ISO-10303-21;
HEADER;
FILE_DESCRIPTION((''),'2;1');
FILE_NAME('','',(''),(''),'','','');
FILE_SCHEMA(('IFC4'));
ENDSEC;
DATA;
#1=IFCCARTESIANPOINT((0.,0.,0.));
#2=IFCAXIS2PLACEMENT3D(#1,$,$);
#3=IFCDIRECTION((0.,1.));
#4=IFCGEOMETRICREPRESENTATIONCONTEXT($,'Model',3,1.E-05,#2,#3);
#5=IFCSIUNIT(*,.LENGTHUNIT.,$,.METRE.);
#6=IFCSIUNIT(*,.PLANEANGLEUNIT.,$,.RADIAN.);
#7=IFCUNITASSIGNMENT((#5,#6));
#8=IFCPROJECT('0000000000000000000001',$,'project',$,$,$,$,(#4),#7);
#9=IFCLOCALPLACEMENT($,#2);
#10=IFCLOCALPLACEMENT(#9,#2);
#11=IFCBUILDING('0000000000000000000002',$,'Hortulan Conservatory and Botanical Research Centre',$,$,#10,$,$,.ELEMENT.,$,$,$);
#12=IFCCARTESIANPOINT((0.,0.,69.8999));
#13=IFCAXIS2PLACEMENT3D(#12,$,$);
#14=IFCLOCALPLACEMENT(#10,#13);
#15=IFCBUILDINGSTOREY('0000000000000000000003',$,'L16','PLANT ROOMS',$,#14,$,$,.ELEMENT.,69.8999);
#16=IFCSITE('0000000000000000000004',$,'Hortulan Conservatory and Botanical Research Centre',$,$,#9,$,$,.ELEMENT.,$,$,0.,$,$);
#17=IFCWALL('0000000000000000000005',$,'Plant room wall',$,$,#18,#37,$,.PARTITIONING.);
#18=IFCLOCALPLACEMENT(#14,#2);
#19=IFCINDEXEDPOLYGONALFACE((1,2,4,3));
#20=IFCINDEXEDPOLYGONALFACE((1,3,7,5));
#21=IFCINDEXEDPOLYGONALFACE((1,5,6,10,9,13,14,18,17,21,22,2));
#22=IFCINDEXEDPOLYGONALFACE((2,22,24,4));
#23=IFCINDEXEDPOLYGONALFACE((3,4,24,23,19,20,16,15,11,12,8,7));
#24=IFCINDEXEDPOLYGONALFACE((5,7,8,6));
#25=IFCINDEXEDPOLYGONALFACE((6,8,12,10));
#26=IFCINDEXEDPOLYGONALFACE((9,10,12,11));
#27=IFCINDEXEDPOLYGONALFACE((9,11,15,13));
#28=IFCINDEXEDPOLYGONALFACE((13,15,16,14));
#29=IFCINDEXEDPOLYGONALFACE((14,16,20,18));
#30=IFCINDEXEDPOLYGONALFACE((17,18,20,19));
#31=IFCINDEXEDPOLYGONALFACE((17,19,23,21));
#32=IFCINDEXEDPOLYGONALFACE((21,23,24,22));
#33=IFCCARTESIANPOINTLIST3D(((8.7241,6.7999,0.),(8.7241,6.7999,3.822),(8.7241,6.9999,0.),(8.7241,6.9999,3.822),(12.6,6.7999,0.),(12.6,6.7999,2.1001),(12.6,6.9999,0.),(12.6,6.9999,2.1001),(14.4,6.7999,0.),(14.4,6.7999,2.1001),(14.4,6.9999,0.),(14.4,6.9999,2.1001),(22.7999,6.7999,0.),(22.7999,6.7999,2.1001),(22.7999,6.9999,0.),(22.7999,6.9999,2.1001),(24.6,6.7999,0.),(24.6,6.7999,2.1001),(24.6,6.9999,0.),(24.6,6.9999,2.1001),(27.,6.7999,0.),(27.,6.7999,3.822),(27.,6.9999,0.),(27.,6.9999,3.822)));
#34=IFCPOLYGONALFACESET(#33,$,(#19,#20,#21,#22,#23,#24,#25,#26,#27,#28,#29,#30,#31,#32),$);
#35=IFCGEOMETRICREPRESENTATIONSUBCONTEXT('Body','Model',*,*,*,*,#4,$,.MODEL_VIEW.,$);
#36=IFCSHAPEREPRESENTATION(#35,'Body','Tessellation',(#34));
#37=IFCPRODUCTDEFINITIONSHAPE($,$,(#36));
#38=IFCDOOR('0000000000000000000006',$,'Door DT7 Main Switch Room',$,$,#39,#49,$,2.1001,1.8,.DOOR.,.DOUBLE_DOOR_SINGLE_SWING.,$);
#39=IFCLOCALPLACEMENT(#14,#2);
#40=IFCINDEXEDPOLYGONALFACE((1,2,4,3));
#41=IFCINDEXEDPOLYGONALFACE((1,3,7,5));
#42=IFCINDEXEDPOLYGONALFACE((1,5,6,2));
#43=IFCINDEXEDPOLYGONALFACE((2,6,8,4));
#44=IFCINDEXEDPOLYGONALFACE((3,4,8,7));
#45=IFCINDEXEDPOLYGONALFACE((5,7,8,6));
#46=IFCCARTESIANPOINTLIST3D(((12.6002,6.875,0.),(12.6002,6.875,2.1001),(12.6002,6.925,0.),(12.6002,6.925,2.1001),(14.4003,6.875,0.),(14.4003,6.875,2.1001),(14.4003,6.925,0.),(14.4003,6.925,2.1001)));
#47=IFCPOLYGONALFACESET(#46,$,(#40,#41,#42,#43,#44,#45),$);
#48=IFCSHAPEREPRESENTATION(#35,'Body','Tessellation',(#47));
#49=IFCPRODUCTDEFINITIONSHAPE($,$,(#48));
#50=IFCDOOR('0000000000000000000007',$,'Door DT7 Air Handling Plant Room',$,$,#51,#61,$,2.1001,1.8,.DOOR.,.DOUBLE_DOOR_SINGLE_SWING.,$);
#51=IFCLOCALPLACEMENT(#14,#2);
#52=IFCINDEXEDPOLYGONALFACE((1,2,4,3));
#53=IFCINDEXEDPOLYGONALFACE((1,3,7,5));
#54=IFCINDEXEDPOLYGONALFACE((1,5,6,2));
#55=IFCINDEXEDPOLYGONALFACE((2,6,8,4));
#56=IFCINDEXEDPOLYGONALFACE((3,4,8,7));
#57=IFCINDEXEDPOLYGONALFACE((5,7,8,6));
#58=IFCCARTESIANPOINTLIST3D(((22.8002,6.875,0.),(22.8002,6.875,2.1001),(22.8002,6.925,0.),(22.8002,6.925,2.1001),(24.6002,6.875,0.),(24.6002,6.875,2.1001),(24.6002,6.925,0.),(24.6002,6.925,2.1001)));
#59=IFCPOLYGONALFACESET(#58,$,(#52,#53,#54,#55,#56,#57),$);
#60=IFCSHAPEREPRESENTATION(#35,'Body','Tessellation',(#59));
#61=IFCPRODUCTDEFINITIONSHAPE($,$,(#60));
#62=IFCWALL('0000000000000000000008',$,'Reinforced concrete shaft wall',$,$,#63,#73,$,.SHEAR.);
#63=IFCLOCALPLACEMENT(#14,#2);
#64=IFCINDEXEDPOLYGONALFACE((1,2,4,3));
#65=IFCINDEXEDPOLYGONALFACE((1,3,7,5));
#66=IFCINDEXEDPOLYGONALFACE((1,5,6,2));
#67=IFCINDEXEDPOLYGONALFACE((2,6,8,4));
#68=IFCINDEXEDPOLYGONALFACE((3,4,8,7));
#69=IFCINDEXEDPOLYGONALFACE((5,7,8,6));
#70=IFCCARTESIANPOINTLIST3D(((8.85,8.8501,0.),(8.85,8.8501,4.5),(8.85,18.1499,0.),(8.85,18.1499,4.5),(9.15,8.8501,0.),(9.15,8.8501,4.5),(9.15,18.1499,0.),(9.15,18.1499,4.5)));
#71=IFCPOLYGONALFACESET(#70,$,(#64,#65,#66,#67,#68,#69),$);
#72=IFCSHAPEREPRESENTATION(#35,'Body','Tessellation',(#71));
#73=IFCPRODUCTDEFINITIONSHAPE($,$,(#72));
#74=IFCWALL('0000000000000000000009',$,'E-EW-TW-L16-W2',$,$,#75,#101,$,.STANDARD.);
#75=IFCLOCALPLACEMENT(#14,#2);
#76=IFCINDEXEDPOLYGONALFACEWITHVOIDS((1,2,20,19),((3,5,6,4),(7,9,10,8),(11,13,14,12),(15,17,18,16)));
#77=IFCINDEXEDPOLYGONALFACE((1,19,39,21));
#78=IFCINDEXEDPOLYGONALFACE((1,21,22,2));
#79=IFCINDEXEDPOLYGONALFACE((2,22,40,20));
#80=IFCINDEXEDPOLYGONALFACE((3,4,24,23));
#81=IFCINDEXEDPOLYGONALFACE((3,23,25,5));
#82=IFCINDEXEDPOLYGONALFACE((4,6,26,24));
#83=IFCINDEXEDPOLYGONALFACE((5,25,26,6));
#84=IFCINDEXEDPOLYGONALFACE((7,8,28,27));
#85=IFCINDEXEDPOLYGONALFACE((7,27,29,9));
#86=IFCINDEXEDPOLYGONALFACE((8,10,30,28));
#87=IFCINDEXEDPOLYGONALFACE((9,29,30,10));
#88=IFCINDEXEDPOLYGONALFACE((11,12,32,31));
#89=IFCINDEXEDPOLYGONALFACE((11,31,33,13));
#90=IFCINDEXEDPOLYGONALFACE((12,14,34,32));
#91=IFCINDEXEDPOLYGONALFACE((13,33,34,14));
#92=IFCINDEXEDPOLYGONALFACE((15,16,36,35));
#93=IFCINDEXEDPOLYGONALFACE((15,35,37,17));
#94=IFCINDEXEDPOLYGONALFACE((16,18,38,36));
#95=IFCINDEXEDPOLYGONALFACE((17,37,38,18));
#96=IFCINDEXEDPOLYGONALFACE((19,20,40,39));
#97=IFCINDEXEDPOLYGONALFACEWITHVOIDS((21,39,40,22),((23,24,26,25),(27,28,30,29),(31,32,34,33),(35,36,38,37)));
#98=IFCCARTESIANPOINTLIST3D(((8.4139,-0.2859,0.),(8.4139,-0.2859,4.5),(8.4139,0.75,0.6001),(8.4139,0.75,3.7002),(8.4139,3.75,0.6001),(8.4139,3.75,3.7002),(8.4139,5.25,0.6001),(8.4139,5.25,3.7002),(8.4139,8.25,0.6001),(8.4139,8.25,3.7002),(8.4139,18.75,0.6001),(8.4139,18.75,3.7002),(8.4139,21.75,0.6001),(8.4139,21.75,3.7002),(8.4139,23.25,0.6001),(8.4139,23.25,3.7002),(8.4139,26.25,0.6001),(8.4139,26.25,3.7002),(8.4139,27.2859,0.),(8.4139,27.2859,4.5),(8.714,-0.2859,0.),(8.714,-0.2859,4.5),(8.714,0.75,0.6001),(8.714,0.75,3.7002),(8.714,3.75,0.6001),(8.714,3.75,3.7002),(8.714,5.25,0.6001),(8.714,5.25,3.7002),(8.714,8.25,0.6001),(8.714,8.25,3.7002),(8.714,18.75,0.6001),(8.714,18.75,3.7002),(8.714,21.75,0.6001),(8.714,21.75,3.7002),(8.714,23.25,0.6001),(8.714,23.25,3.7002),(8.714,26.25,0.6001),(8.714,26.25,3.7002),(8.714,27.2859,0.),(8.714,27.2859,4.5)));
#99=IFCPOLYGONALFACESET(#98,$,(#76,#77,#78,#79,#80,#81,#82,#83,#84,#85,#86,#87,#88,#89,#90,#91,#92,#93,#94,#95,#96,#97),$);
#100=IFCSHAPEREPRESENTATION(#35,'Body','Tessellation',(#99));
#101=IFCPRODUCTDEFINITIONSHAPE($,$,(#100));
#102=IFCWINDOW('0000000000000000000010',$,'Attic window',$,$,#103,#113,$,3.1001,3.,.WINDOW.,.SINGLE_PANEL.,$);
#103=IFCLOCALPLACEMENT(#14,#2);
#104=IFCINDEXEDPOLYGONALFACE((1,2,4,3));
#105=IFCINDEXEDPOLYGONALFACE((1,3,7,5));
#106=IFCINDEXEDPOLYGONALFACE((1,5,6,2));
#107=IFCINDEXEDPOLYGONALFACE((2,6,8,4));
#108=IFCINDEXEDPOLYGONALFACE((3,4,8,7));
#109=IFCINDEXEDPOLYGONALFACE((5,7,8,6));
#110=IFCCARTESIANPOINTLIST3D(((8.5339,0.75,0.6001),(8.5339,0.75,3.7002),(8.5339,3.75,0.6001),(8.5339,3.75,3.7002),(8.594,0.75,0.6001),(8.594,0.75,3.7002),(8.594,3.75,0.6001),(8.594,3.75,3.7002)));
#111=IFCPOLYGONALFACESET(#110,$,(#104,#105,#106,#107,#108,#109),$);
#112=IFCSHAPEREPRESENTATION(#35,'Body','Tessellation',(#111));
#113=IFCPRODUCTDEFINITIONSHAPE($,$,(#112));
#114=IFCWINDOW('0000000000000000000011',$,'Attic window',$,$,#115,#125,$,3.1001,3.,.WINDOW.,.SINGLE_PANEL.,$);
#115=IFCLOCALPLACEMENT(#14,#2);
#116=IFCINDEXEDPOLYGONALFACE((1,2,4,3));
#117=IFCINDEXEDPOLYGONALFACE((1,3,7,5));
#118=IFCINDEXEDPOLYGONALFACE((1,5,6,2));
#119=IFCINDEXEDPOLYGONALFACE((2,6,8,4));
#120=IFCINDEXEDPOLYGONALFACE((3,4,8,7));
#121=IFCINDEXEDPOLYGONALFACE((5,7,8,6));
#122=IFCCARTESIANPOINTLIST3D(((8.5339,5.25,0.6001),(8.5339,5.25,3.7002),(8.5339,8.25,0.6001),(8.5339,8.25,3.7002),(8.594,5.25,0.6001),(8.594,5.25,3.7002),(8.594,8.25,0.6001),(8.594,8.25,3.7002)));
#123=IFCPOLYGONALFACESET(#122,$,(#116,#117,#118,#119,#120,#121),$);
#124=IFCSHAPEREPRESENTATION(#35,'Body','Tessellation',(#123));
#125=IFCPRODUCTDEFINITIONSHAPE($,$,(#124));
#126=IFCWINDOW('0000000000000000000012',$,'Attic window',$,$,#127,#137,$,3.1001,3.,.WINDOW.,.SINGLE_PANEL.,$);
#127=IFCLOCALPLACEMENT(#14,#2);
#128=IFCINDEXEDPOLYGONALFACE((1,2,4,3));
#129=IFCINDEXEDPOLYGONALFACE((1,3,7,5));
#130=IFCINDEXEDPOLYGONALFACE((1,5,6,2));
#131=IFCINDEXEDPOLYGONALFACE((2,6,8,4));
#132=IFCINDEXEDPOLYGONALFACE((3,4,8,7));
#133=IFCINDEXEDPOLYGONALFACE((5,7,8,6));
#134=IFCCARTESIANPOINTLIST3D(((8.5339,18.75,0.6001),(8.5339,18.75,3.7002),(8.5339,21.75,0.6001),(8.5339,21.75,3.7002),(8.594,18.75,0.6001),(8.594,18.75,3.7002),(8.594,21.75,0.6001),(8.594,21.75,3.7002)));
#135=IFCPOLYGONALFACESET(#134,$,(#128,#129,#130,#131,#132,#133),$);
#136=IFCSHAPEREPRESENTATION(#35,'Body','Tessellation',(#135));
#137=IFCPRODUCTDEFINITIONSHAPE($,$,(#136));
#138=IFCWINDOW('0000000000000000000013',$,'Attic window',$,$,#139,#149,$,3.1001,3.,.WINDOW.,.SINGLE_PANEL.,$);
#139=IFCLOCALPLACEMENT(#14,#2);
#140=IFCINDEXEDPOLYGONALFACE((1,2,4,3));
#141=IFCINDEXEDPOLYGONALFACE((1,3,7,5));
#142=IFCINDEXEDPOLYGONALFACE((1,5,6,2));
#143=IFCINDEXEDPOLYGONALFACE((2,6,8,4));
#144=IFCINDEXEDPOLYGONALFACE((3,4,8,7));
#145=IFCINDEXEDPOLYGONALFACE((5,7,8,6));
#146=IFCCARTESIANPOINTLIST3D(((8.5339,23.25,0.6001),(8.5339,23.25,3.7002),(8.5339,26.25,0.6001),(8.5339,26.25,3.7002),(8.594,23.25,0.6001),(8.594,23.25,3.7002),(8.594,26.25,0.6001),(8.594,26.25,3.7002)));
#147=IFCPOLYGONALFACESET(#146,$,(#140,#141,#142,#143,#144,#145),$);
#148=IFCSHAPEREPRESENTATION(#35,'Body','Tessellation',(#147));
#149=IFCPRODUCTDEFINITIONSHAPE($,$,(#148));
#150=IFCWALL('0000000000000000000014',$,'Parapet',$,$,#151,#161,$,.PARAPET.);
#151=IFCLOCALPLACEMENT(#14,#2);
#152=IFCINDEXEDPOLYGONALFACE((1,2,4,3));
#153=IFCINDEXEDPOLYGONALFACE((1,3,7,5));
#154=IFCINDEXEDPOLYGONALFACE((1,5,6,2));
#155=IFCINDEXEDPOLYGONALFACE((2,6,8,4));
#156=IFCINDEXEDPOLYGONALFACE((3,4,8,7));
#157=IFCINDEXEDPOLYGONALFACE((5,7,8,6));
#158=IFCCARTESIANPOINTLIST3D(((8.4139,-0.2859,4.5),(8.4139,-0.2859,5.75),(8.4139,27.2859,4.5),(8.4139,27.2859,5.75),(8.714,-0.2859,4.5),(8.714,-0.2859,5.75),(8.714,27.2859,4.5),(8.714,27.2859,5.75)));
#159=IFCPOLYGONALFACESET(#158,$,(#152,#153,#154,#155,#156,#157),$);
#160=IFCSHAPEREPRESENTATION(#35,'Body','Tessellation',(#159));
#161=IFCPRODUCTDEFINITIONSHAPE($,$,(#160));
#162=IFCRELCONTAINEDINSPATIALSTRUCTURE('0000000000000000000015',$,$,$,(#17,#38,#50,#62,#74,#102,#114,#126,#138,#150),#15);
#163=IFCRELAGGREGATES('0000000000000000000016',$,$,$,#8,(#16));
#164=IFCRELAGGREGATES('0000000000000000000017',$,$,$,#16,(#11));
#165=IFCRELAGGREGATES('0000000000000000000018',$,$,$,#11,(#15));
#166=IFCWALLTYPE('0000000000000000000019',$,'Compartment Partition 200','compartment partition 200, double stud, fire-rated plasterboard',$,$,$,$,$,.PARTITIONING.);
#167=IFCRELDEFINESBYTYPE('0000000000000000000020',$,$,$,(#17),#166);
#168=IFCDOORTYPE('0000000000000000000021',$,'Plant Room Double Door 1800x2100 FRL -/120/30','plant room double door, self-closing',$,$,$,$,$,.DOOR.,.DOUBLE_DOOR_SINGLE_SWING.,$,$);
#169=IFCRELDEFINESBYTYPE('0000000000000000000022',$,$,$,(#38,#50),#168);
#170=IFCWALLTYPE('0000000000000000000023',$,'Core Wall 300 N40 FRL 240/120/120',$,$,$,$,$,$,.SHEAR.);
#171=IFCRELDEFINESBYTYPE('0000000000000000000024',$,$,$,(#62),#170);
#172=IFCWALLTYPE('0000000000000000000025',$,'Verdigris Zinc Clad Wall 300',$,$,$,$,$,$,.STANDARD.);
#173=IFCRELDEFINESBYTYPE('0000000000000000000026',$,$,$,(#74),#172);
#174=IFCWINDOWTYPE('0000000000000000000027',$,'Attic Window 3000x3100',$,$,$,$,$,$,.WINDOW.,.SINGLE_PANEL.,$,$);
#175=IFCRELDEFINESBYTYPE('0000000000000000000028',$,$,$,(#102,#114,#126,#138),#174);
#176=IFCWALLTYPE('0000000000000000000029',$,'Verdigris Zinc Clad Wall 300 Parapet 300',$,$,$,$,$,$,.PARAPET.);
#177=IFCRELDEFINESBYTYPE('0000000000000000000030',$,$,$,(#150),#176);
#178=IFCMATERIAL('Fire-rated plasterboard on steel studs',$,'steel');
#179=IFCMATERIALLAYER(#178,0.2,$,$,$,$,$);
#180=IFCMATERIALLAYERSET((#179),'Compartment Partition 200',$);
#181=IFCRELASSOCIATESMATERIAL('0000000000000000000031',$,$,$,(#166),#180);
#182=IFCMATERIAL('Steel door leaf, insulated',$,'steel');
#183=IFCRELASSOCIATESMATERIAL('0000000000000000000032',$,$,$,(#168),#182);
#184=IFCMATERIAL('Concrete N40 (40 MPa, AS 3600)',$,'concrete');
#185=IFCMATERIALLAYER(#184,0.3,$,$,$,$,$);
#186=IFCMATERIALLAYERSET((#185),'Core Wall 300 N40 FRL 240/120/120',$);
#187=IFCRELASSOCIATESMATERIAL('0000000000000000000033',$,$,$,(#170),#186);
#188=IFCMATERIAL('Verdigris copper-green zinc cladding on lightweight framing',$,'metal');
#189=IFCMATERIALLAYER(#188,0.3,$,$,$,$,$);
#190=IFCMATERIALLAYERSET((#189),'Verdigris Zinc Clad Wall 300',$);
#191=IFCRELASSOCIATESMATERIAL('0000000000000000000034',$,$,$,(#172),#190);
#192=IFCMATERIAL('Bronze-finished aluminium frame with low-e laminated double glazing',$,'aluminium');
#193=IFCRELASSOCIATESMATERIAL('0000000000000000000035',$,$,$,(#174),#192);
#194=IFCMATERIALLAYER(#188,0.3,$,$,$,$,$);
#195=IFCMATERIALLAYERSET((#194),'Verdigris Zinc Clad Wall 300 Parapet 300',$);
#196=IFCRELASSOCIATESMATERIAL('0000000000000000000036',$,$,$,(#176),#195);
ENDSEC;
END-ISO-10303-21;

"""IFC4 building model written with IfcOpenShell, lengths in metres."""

from ifc_helpers import new_model, si_unit, direction, frame, frame_2d, origin, place, context, subcontext, project, spatial, rectangle, extrude, material, layer, layer_set, type_object, element, fill, save


model = new_model("IFC4")

# Units and contexts
model_context = context("Model", 3, precision=1e-05, world=origin(), true_north=direction((0.0, 1.0)))
body_context = subcontext(model_context, "Body", "Model", "MODEL_VIEW")
ifc_project = project(units=[si_unit("LENGTHUNIT", "METRE"), si_unit("PLANEANGLEUNIT", "RADIAN")], contexts=[model_context])

# Site, building, storey
site_placement = place(None, origin())
site = spatial("IfcSite", under=ifc_project, at=site_placement, Name="Hortulan Conservatory and Botanical Research Centre", CompositionType="ELEMENT", RefElevation=0.0)
building_placement = place(site_placement, origin())
building = spatial("IfcBuilding", under=site, at=building_placement, Name="Hortulan Conservatory and Botanical Research Centre", CompositionType="ELEMENT")
storey_placement = place(building_placement, frame((0.0, 0.0, 69.8999)))
storey = spatial("IfcBuildingStorey", under=building, at=storey_placement, Name="L16", Description="PLANT ROOMS", CompositionType="ELEMENT", Elevation=69.8999)

# Shared definitions
ifc_material_1 = material(Name="Concrete N40 (40 MPa, AS 3600)", Category="concrete")

# Wall, openings, doors
ifc_material_2 = material(Name="Fire-rated plasterboard on steel studs", Category="steel")
ifc_layer_1 = layer(ifc_material_2, 0.2)
ifc_layer_set_1 = layer_set([ifc_layer_1], Name="Compartment Partition 200")
wall_type_1 = type_object("IfcWallType", Name="Compartment Partition 200", Description="compartment partition 200, double stud, fire-rated plasterboard", PredefinedType="PARTITIONING", material=ifc_layer_set_1)
wall_1_placement = place(storey_placement, frame((8.7241, 6.8999, 0.0), z_axis=(0.0, 0.0, 1.0), x_axis=(1.0, 0.0, 0.0)))
wall_1 = element("IfcWall", 1, at=wall_1_placement, inside=storey, type_object=wall_type_1, Name="Plant room wall", PredefinedType="PARTITIONING", context=body_context, shape_type="SweptSolid", body=[
    extrude(rectangle(XDim=18.2759, YDim=0.2, at=frame_2d((9.1379, 0.0))), origin(), (0.0, 0.0, 1.0), 3.822),
])
opening_1_placement = place(wall_1_placement, frame((3.876, 0.0, 0.0)))
opening_1 = element("IfcOpeningElement", 2, at=opening_1_placement, cuts=wall_1, PredefinedType="OPENING", context=body_context, shape_type="SweptSolid", body=[
    extrude(rectangle(XDim=1.8, YDim=2.1001, at=frame_2d((0.8999, 1.05))), frame((0.0, 0.1099, 0.0), z_axis=(0.0, -1.0, 0.0), x_axis=(1.0, 0.0, 0.0)), (0.0, 0.0, 1.0), 0.22),
])
opening_2_placement = place(wall_1_placement, frame((14.0759, 0.0, 0.0)))
opening_2 = element("IfcOpeningElement", 3, at=opening_2_placement, cuts=wall_1, PredefinedType="OPENING", context=body_context, shape_type="SweptSolid", body=[
    extrude(rectangle(XDim=1.8, YDim=2.1001, at=frame_2d((0.8999, 1.05))), frame((0.0, 0.1099, 0.0), z_axis=(0.0, -1.0, 0.0), x_axis=(1.0, 0.0, 0.0)), (0.0, 0.0, 1.0), 0.22),
])
ifc_material_3 = material(Name="Steel door leaf, insulated", Category="steel")
door_type = type_object("IfcDoorType", Name="Plant Room Double Door 1800x2100 FRL -/120/30", Description="plant room double door, self-closing", OperationType="DOUBLE_DOOR_SINGLE_SWING", PredefinedType="DOOR", material=ifc_material_3)
door_1_placement = place(opening_1_placement, frame((1.8, 0.0, 0.0), z_axis=(0.0, 0.0, 1.0), x_axis=(-1.0, 0.0, 0.0)))
door_1 = element("IfcDoor", 4, at=door_1_placement, inside=storey, type_object=door_type, Name="Door DT7 Main Switch Room", OperationType="DOUBLE_DOOR_SINGLE_SWING", OverallHeight=2.1001, OverallWidth=1.8, PredefinedType="DOOR", context=body_context, shape_type="SweptSolid", body=[
    extrude(rectangle(XDim=1.8, YDim=2.1001, at=frame_2d((0.8999, 1.05))), frame((0.0, 0.0249, 0.0), z_axis=(0.0, -1.0, 0.0), x_axis=(1.0, 0.0, 0.0)), (0.0, 0.0, 1.0), 0.05),
])
fill(opening_1, door_1)
door_2_placement = place(opening_2_placement, frame((1.8, 0.0, 0.0), z_axis=(0.0, 0.0, 1.0), x_axis=(-1.0, 0.0, 0.0)))
door_2 = element("IfcDoor", 5, at=door_2_placement, inside=storey, type_object=door_type, Name="Door DT7 Air Handling Plant Room", OperationType="DOUBLE_DOOR_SINGLE_SWING", OverallHeight=2.1001, OverallWidth=1.8, PredefinedType="DOOR", context=body_context, shape_type="SweptSolid", body=[
    extrude(rectangle(XDim=1.8, YDim=2.1001, at=frame_2d((0.8999, 1.05))), frame((0.0, 0.0249, 0.0), z_axis=(0.0, -1.0, 0.0), x_axis=(1.0, 0.0, 0.0)), (0.0, 0.0, 1.0), 0.05),
])
fill(opening_2, door_2)

# Wall
ifc_layer_2 = layer(ifc_material_1, 0.3)
ifc_layer_set_2 = layer_set([ifc_layer_2], Name="Core Wall 300 N40 FRL 240/120/120")
wall_type_2 = type_object("IfcWallType", Name="Core Wall 300 N40 FRL 240/120/120", PredefinedType="SHEAR", material=ifc_layer_set_2)
wall_2_placement = place(storey_placement, frame((9.0, 8.8501, 0.0), z_axis=(0.0, 0.0, 1.0), x_axis=(0.0, 1.0, 0.0)))
element("IfcWall", 6, at=wall_2_placement, inside=storey, type_object=wall_type_2, Name="Reinforced concrete shaft wall", PredefinedType="SHEAR", context=body_context, shape_type="SweptSolid", body=[
    extrude(rectangle(XDim=9.2998, YDim=0.3, at=frame_2d((4.6499, 0.0))), origin(), (0.0, 0.0, 1.0), 4.5),
])

# Wall, openings, windows
ifc_material_4 = material(Name="Verdigris copper-green zinc cladding on lightweight framing", Category="metal")
ifc_layer_3 = layer(ifc_material_4, 0.3)
ifc_layer_set_3 = layer_set([ifc_layer_3], Name="Verdigris Zinc Clad Wall 300")
wall_type_3 = type_object("IfcWallType", Name="Verdigris Zinc Clad Wall 300", PredefinedType="STANDARD", material=ifc_layer_set_3)
wall_3_placement = place(storey_placement, frame((8.564, -0.2859, 0.0), z_axis=(0.0, 0.0, 1.0), x_axis=(0.0, 1.0, 0.0)))
wall_3 = element("IfcWall", 7, at=wall_3_placement, inside=storey, type_object=wall_type_3, Name="E-EW-TW-L16-W2", PredefinedType="STANDARD", context=body_context, shape_type="SweptSolid", body=[
    extrude(rectangle(XDim=27.5718, YDim=0.3, at=frame_2d((13.7859, 0.0))), origin(), (0.0, 0.0, 1.0), 4.5),
])
opening_3_placement = place(wall_3_placement, frame((1.0359, 0.0, 0.6001)))
opening_3 = element("IfcOpeningElement", 8, at=opening_3_placement, cuts=wall_3, PredefinedType="OPENING", context=body_context, shape_type="SweptSolid", body=[
    extrude(rectangle(XDim=3.0, YDim=3.1001, at=frame_2d((1.5, 1.55))), frame((0.0, 0.1599, 0.0), z_axis=(0.0, -1.0, 0.0), x_axis=(1.0, 0.0, 0.0)), (0.0, 0.0, 1.0), 0.3201),
])
opening_4_placement = place(wall_3_placement, frame((5.5359, 0.0, 0.6001)))
opening_4 = element("IfcOpeningElement", 9, at=opening_4_placement, cuts=wall_3, PredefinedType="OPENING", context=body_context, shape_type="SweptSolid", body=[
    extrude(rectangle(XDim=3.0, YDim=3.1001, at=frame_2d((1.5, 1.55))), frame((0.0, 0.1599, 0.0), z_axis=(0.0, -1.0, 0.0), x_axis=(1.0, 0.0, 0.0)), (0.0, 0.0, 1.0), 0.3201),
])
opening_5_placement = place(wall_3_placement, frame((19.0359, 0.0, 0.6001)))
opening_5 = element("IfcOpeningElement", 10, at=opening_5_placement, cuts=wall_3, PredefinedType="OPENING", context=body_context, shape_type="SweptSolid", body=[
    extrude(rectangle(XDim=3.0, YDim=3.1001, at=frame_2d((1.5, 1.55))), frame((0.0, 0.1599, 0.0), z_axis=(0.0, -1.0, 0.0), x_axis=(1.0, 0.0, 0.0)), (0.0, 0.0, 1.0), 0.3201),
])
opening_6_placement = place(wall_3_placement, frame((23.5359, 0.0, 0.6001)))
opening_6 = element("IfcOpeningElement", 11, at=opening_6_placement, cuts=wall_3, PredefinedType="OPENING", context=body_context, shape_type="SweptSolid", body=[
    extrude(rectangle(XDim=3.0, YDim=3.1001, at=frame_2d((1.5, 1.55))), frame((0.0, 0.1599, 0.0), z_axis=(0.0, -1.0, 0.0), x_axis=(1.0, 0.0, 0.0)), (0.0, 0.0, 1.0), 0.3201),
])
ifc_material_5 = material(Name="Bronze-finished aluminium frame with low-e laminated double glazing", Category="aluminium")
window_type = type_object("IfcWindowType", Name="Attic Window 3000x3100", PartitioningType="SINGLE_PANEL", PredefinedType="WINDOW", material=ifc_material_5)
window_1_placement = place(opening_3_placement, origin())
window_1 = element("IfcWindow", 12, at=window_1_placement, inside=storey, type_object=window_type, Name="Attic window", OverallHeight=3.1001, OverallWidth=3.0, PartitioningType="SINGLE_PANEL", PredefinedType="WINDOW", context=body_context, shape_type="SweptSolid", body=[
    extrude(rectangle(XDim=3.0, YDim=3.1001, at=frame_2d((1.5, 1.55))), frame((0.0, 0.03, 0.0), z_axis=(0.0, -1.0, 0.0), x_axis=(1.0, 0.0, 0.0)), (0.0, 0.0, 1.0), 0.0601),
])
fill(opening_3, window_1)
window_2_placement = place(opening_4_placement, origin())
window_2 = element("IfcWindow", 13, at=window_2_placement, inside=storey, type_object=window_type, Name="Attic window", OverallHeight=3.1001, OverallWidth=3.0, PartitioningType="SINGLE_PANEL", PredefinedType="WINDOW", context=body_context, shape_type="SweptSolid", body=[
    extrude(rectangle(XDim=3.0, YDim=3.1001, at=frame_2d((1.5, 1.55))), frame((0.0, 0.03, 0.0), z_axis=(0.0, -1.0, 0.0), x_axis=(1.0, 0.0, 0.0)), (0.0, 0.0, 1.0), 0.0601),
])
fill(opening_4, window_2)
window_3_placement = place(opening_5_placement, origin())
window_3 = element("IfcWindow", 14, at=window_3_placement, inside=storey, type_object=window_type, Name="Attic window", OverallHeight=3.1001, OverallWidth=3.0, PartitioningType="SINGLE_PANEL", PredefinedType="WINDOW", context=body_context, shape_type="SweptSolid", body=[
    extrude(rectangle(XDim=3.0, YDim=3.1001, at=frame_2d((1.5, 1.55))), frame((0.0, 0.03, 0.0), z_axis=(0.0, -1.0, 0.0), x_axis=(1.0, 0.0, 0.0)), (0.0, 0.0, 1.0), 0.0601),
])
fill(opening_5, window_3)
window_4_placement = place(opening_6_placement, origin())
window_4 = element("IfcWindow", 15, at=window_4_placement, inside=storey, type_object=window_type, Name="Attic window", OverallHeight=3.1001, OverallWidth=3.0, PartitioningType="SINGLE_PANEL", PredefinedType="WINDOW", context=body_context, shape_type="SweptSolid", body=[
    extrude(rectangle(XDim=3.0, YDim=3.1001, at=frame_2d((1.5, 1.55))), frame((0.0, 0.03, 0.0), z_axis=(0.0, -1.0, 0.0), x_axis=(1.0, 0.0, 0.0)), (0.0, 0.0, 1.0), 0.0601),
])
fill(opening_6, window_4)

# Wall
ifc_layer_4 = layer(ifc_material_4, 0.3)
ifc_layer_set_4 = layer_set([ifc_layer_4], Name="Verdigris Zinc Clad Wall 300 Parapet 300")
wall_type_4 = type_object("IfcWallType", Name="Verdigris Zinc Clad Wall 300 Parapet 300", PredefinedType="PARAPET", material=ifc_layer_set_4)
wall_4_placement = place(storey_placement, frame((8.564, -0.2859, 4.5), z_axis=(0.0, 0.0, 1.0), x_axis=(0.0, 1.0, 0.0)))
element("IfcWall", 16, at=wall_4_placement, inside=storey, type_object=wall_type_4, Name="Parapet", PredefinedType="PARAPET", context=body_context, shape_type="SweptSolid", body=[
    extrude(rectangle(XDim=27.5718, YDim=0.3, at=frame_2d((13.7859, 0.0))), origin(), (0.0, 0.0, 1.0), 1.25),
])

save(model, "model.ifc")
